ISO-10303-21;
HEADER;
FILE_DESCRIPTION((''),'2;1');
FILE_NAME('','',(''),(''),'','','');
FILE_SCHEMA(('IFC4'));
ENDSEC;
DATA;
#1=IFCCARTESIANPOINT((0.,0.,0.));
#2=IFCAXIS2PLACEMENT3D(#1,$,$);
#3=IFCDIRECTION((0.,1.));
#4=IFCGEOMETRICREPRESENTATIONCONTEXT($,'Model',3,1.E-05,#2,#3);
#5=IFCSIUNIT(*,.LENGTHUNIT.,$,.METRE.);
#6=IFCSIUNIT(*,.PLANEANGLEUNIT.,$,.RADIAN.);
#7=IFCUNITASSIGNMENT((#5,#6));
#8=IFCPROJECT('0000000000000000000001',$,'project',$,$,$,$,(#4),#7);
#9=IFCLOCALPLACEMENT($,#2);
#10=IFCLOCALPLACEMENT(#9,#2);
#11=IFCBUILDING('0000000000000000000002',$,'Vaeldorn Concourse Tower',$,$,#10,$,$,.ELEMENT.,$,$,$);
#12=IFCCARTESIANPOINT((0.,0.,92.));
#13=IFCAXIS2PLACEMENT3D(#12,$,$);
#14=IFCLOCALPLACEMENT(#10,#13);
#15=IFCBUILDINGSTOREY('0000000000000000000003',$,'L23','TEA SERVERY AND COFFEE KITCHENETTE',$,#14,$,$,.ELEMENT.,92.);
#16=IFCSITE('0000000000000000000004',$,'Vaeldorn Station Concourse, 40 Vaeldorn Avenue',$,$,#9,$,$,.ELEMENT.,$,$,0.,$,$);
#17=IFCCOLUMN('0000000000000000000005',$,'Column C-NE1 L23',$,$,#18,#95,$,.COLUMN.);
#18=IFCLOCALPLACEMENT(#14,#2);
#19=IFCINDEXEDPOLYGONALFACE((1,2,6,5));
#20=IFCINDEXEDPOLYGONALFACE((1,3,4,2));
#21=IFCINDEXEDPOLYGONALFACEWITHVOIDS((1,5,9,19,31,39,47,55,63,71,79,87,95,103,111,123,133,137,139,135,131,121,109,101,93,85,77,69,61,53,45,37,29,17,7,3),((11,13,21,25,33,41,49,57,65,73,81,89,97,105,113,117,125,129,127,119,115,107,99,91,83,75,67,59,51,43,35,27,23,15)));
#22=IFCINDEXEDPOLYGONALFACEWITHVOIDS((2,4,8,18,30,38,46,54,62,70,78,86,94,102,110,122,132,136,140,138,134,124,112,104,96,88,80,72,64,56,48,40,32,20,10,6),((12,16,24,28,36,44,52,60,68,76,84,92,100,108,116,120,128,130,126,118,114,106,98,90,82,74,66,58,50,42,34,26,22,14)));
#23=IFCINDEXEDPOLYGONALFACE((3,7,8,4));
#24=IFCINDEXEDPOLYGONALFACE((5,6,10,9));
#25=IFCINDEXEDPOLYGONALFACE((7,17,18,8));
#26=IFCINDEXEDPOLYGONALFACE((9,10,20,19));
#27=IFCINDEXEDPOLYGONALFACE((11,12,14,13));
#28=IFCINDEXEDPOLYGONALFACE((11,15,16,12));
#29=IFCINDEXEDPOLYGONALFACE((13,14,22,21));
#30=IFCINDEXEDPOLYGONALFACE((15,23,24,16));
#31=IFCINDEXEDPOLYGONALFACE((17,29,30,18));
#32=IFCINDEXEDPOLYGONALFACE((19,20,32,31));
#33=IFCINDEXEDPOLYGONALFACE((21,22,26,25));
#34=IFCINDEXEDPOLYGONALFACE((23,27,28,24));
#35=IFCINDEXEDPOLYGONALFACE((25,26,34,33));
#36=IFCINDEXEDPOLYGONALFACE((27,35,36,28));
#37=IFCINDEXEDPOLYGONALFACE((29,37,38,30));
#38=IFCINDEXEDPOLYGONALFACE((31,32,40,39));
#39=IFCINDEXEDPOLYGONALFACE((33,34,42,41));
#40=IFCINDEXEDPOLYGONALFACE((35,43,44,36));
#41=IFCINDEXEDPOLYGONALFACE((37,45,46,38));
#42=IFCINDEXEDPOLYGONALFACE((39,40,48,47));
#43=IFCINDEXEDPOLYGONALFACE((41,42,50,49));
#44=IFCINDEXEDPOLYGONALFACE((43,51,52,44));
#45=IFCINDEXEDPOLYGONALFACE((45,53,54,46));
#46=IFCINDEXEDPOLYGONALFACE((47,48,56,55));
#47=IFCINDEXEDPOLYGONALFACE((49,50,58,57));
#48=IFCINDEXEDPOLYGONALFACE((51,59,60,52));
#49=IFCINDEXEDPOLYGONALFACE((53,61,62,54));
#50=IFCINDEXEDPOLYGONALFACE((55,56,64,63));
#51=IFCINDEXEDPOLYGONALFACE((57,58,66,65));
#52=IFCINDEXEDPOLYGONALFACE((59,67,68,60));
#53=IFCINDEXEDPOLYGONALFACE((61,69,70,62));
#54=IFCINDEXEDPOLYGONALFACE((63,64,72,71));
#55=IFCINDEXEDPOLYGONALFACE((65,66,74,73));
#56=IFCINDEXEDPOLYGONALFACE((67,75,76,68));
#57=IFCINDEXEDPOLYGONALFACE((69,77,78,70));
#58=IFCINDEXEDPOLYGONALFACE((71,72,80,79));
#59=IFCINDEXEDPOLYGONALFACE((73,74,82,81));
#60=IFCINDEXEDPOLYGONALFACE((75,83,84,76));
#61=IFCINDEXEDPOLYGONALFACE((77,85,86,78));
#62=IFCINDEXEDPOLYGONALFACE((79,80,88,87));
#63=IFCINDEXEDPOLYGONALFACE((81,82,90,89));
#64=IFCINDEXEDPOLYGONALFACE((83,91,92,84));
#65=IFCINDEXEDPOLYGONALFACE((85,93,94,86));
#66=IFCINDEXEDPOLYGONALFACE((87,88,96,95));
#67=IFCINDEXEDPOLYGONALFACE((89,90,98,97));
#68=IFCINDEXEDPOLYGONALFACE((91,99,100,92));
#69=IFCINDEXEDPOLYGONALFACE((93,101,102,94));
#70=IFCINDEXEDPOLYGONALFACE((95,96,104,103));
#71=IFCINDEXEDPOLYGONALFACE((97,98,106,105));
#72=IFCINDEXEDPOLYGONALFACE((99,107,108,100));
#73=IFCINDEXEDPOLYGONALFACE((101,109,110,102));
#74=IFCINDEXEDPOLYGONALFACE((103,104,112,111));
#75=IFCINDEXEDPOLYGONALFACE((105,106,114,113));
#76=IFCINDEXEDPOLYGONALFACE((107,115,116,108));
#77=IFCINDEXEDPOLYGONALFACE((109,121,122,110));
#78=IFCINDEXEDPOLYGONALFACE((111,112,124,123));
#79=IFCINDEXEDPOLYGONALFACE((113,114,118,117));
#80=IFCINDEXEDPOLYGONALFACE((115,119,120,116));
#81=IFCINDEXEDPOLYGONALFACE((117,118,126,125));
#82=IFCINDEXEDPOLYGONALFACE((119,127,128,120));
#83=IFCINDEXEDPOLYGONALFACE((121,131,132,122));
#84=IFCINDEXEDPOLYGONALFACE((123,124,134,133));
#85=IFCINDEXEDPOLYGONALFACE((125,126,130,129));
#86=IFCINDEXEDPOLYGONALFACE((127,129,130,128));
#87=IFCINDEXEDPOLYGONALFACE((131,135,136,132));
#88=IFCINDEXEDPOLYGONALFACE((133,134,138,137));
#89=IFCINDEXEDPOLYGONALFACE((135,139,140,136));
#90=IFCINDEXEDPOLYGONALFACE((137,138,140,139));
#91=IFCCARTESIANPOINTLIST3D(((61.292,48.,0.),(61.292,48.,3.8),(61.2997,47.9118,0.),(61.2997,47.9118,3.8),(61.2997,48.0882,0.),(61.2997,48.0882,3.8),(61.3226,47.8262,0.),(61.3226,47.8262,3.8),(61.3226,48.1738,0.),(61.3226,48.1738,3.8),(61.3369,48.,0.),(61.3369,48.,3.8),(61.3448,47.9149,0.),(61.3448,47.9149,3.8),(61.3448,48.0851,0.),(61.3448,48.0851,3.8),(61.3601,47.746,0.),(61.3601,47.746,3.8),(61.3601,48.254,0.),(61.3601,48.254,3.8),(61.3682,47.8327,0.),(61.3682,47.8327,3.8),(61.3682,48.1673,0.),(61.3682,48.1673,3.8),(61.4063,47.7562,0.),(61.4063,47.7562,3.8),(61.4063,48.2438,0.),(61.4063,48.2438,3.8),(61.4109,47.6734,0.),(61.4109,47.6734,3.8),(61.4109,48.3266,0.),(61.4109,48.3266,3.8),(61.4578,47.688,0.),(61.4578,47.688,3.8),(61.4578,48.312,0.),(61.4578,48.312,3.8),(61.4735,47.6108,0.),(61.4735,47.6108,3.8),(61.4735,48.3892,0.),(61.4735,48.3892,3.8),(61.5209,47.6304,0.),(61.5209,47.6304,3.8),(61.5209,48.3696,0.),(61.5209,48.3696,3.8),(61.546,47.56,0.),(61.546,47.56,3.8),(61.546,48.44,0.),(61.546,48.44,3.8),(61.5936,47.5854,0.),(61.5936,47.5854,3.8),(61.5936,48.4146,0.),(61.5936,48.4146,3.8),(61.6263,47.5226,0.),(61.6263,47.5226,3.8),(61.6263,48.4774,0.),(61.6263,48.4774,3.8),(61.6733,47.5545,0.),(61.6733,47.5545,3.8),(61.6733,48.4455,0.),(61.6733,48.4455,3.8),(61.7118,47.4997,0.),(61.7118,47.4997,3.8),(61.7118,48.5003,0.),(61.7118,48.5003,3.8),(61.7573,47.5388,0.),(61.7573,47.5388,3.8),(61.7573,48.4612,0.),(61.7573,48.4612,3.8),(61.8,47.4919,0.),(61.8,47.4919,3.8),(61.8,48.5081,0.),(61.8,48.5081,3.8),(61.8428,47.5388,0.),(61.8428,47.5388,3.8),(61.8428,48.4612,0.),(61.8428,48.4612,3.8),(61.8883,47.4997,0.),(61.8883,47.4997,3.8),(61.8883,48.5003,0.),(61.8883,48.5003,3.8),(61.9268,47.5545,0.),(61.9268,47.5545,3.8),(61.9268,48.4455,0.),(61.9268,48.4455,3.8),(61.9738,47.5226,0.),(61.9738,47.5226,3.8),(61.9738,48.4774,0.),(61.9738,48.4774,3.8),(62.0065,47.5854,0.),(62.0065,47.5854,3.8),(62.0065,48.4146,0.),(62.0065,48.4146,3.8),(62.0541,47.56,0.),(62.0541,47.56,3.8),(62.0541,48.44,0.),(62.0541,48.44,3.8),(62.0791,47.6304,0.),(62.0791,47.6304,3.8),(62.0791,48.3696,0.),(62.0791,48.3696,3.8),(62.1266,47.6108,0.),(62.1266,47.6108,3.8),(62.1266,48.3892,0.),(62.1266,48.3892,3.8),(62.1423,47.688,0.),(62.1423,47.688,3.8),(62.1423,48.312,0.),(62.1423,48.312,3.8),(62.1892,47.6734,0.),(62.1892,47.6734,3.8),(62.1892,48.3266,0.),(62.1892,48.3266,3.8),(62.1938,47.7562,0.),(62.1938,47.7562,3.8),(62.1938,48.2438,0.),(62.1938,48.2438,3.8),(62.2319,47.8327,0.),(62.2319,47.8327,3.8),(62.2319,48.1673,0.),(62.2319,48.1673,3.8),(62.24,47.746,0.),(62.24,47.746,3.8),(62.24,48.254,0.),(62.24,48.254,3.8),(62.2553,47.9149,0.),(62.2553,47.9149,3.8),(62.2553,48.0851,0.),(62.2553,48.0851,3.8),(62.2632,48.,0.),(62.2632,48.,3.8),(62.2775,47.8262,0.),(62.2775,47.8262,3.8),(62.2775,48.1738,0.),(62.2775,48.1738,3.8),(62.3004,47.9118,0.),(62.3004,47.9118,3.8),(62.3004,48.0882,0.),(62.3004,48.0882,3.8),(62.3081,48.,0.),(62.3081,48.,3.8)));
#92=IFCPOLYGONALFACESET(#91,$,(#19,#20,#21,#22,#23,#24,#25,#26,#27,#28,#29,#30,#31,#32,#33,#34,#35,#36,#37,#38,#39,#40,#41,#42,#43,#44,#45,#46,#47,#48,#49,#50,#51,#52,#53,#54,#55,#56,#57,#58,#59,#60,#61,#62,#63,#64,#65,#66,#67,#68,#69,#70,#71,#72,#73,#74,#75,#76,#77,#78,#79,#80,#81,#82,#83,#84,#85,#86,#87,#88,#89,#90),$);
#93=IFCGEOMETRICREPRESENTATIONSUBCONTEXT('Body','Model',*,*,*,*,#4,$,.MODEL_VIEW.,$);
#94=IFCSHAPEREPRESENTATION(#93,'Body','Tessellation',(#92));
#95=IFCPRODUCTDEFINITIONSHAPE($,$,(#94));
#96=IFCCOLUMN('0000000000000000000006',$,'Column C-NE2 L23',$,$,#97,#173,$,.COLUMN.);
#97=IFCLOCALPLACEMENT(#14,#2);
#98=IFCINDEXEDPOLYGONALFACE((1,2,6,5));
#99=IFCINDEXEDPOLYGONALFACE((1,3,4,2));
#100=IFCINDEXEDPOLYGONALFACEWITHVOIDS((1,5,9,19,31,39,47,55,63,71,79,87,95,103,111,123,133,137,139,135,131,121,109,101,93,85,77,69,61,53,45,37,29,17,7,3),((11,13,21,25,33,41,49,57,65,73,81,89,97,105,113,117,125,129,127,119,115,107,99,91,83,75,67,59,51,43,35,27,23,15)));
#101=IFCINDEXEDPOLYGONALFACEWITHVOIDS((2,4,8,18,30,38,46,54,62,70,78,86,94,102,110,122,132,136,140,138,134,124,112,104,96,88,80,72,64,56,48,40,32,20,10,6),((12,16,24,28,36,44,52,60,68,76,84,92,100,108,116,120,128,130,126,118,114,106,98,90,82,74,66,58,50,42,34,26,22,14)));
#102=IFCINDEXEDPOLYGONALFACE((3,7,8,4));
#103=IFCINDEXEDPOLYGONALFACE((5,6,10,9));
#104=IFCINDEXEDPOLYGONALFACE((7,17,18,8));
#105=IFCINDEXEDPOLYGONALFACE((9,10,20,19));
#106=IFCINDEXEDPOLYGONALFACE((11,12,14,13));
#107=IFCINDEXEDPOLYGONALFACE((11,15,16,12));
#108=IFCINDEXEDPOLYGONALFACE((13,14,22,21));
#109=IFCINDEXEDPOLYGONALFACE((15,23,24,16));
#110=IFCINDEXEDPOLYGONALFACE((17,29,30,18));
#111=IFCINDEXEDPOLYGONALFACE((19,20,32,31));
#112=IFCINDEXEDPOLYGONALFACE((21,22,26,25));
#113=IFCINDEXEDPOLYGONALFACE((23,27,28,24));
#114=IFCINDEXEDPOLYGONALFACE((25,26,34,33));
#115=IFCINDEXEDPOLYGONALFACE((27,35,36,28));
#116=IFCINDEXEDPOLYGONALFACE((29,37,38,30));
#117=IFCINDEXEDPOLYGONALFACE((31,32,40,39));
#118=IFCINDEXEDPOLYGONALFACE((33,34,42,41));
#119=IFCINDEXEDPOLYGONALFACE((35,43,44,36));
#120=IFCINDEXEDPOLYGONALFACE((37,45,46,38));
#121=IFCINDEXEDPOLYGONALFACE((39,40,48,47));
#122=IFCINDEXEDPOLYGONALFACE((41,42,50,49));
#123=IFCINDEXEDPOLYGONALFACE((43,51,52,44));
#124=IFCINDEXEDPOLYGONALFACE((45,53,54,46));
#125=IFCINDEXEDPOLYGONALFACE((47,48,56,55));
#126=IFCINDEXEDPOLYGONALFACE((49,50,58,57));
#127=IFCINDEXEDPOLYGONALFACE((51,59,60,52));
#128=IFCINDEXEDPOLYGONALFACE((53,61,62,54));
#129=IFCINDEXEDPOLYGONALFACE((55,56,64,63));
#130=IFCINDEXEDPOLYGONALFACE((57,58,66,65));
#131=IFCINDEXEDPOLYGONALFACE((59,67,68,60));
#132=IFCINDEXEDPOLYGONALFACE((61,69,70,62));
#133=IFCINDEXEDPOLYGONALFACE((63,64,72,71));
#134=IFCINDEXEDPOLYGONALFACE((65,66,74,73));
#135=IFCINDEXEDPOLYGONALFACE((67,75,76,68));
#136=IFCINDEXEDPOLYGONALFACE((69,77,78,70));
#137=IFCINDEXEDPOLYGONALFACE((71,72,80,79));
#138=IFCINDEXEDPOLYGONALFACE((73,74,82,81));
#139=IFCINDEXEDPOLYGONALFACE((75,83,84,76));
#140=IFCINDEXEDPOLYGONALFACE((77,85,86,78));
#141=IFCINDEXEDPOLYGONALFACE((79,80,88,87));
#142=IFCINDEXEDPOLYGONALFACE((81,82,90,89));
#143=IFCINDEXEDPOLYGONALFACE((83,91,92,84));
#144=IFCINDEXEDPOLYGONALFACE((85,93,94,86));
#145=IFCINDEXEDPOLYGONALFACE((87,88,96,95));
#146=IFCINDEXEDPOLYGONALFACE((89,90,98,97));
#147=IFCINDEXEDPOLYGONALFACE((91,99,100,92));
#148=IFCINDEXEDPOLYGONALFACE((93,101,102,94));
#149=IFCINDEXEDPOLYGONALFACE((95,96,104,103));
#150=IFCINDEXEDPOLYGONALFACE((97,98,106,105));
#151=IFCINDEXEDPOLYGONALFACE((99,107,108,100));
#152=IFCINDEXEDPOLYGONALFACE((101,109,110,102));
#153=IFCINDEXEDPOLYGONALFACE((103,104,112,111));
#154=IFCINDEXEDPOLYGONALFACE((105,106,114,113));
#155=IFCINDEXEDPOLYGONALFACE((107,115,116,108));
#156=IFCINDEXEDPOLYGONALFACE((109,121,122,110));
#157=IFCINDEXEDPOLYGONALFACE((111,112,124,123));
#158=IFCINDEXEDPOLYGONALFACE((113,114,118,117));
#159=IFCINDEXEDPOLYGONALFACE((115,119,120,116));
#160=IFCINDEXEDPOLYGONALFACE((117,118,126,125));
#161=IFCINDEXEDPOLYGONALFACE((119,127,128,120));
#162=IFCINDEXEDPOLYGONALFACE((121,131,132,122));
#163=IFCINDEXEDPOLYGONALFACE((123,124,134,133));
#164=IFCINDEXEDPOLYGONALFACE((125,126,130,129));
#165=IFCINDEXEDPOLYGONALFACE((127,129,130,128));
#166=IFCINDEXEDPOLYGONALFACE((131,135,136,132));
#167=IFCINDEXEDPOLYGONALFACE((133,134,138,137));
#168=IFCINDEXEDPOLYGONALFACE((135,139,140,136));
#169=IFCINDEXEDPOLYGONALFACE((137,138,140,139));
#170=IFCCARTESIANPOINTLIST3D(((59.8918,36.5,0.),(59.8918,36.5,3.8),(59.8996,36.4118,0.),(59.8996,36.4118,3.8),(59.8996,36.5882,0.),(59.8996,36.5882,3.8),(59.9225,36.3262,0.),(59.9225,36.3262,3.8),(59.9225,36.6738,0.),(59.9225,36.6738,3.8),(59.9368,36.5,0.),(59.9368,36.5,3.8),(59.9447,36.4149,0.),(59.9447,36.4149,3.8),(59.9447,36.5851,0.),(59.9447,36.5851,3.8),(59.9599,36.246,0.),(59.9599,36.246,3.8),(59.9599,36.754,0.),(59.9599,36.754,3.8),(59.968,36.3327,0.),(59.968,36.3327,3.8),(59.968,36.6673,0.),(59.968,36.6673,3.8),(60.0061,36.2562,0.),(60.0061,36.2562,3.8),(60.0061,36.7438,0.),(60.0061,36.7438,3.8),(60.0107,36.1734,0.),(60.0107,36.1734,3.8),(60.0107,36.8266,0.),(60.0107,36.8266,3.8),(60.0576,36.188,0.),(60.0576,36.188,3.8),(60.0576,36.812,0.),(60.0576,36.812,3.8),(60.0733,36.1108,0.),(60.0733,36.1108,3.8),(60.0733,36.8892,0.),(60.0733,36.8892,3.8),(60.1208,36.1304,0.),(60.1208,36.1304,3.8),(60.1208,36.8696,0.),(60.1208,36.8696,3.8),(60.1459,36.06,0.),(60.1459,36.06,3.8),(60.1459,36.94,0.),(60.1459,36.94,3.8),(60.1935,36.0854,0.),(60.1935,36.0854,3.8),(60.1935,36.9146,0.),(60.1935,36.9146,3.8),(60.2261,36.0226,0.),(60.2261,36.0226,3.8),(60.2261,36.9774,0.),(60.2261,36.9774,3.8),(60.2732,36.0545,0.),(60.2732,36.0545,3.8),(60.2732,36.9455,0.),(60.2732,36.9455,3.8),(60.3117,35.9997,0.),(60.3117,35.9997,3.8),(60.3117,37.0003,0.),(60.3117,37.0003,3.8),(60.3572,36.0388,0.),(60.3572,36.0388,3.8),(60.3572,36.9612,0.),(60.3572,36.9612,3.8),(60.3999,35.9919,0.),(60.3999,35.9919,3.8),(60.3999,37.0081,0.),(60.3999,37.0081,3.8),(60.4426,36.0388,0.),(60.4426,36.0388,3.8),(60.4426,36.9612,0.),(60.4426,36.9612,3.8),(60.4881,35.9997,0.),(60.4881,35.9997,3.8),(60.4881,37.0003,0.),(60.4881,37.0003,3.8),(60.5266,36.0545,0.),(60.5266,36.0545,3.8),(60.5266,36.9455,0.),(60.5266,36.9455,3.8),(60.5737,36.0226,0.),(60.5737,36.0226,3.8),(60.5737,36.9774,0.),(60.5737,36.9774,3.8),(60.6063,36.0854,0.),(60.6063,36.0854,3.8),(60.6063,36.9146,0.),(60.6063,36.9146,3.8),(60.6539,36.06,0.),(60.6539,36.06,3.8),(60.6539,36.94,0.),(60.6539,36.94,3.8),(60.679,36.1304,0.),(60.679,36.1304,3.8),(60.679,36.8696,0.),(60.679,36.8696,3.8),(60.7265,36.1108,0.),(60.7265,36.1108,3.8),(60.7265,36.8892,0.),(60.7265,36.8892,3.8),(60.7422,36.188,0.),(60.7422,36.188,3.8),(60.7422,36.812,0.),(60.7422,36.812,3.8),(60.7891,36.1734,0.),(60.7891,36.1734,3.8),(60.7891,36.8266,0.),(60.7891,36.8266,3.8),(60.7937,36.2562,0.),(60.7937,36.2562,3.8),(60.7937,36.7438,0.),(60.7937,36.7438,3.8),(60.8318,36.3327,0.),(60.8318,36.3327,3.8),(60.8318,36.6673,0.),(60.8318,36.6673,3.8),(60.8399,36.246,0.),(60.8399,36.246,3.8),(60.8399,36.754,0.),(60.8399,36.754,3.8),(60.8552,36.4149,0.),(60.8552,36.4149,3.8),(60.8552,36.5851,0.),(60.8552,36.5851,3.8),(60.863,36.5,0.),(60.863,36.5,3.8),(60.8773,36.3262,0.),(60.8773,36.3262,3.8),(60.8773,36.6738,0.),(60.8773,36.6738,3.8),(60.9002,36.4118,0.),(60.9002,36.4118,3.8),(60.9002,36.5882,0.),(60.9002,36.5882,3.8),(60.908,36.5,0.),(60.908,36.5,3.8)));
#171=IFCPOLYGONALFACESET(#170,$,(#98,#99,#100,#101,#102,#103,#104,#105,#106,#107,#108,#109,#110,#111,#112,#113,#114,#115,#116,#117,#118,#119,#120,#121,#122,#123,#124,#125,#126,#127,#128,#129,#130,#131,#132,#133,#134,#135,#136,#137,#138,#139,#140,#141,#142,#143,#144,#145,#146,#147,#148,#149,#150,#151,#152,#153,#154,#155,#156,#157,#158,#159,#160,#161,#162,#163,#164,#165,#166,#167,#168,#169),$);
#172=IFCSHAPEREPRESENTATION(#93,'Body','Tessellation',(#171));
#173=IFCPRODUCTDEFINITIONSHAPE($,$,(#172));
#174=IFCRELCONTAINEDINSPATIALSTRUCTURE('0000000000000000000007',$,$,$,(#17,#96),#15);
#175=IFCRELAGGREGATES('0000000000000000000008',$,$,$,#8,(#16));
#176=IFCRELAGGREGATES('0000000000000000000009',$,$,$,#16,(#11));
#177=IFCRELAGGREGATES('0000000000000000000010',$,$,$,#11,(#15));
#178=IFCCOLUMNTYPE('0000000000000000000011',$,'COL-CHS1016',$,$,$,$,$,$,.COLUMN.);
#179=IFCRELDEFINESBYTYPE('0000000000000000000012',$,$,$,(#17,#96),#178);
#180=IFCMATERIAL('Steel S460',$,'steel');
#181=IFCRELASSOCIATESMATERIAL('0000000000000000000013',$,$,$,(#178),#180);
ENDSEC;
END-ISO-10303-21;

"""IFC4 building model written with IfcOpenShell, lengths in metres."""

from ifc_helpers import new_model, si_unit, direction, frame, origin, origin_2d, place, context, subcontext, project, spatial, hollow_circle, extrude, source, transform, mapped, material, material_profile, profile_set, type_object, element, save


model = new_model("IFC4")

# Units and contexts
model_context = context("Model", 3, precision=1e-05, world=origin(), true_north=direction((0.0, 1.0)))
body_context = subcontext(model_context, "Body", "Model", "MODEL_VIEW")
ifc_project = project(units=[si_unit("LENGTHUNIT", "METRE"), si_unit("PLANEANGLEUNIT", "RADIAN")], contexts=[model_context])

# Site, building, storey
site_placement = place(None, origin())
site = spatial("IfcSite", under=ifc_project, at=site_placement, Name="Vaeldorn Station Concourse, 40 Vaeldorn Avenue", CompositionType="ELEMENT", RefElevation=0.0)
building_placement = place(site_placement, origin())
building = spatial("IfcBuilding", under=site, at=building_placement, Name="Vaeldorn Concourse Tower", CompositionType="ELEMENT")
storey_placement = place(building_placement, frame((0.0, 0.0, 92.0)))
storey = spatial("IfcBuildingStorey", under=building, at=storey_placement, Name="L23", Description="TEA SERVERY AND COFFEE KITCHENETTE", CompositionType="ELEMENT", Elevation=92.0)

# Columns
ifc_material_1 = material(Name="Steel S460", Category="steel")
ifc_material_profile_1 = material_profile(ifc_material_1, hollow_circle(Radius=0.5081, WallThickness=0.0449, at=origin_2d()), Name="CHS 1016x45")
ifc_profile_set_1 = profile_set([ifc_material_profile_1], Name="Steel S460")
column_type = type_object("IfcColumnType", Name="COL-CHS1016", PredefinedType="COLUMN", material=ifc_profile_set_1)
shared_shape_1 = source(origin(), body_context, "Body", "SweptSolid", [
    extrude(hollow_circle(Radius=0.5081, WallThickness=0.0449, at=origin_2d()), origin(), (0.0, 0.0, 1.0), 3.8),
])
for number, where, z_axis, x_axis, name in (
    (1, (61.8, 48.0, 0.0), (0.0, 0.0, 1.0), (1.0, 0.0, 0.0), "Column C-NE1 L23"),
    (2, (60.3999, 36.5, 0.0), (0.0, 0.0, 1.0), (1.0, 0.0, 0.0), "Column C-NE2 L23"),
):
    element("IfcColumn", number, at=place(storey_placement, frame(where, z_axis=z_axis, x_axis=x_axis)), inside=storey, type_object=column_type, Name=name, PredefinedType="COLUMN", context=body_context, shape_type="MappedRepresentation", body=[
        mapped(shared_shape_1, transform((0.0, 0.0, 0.0), scale=1.0)),
    ])

save(model, "model.ifc")
